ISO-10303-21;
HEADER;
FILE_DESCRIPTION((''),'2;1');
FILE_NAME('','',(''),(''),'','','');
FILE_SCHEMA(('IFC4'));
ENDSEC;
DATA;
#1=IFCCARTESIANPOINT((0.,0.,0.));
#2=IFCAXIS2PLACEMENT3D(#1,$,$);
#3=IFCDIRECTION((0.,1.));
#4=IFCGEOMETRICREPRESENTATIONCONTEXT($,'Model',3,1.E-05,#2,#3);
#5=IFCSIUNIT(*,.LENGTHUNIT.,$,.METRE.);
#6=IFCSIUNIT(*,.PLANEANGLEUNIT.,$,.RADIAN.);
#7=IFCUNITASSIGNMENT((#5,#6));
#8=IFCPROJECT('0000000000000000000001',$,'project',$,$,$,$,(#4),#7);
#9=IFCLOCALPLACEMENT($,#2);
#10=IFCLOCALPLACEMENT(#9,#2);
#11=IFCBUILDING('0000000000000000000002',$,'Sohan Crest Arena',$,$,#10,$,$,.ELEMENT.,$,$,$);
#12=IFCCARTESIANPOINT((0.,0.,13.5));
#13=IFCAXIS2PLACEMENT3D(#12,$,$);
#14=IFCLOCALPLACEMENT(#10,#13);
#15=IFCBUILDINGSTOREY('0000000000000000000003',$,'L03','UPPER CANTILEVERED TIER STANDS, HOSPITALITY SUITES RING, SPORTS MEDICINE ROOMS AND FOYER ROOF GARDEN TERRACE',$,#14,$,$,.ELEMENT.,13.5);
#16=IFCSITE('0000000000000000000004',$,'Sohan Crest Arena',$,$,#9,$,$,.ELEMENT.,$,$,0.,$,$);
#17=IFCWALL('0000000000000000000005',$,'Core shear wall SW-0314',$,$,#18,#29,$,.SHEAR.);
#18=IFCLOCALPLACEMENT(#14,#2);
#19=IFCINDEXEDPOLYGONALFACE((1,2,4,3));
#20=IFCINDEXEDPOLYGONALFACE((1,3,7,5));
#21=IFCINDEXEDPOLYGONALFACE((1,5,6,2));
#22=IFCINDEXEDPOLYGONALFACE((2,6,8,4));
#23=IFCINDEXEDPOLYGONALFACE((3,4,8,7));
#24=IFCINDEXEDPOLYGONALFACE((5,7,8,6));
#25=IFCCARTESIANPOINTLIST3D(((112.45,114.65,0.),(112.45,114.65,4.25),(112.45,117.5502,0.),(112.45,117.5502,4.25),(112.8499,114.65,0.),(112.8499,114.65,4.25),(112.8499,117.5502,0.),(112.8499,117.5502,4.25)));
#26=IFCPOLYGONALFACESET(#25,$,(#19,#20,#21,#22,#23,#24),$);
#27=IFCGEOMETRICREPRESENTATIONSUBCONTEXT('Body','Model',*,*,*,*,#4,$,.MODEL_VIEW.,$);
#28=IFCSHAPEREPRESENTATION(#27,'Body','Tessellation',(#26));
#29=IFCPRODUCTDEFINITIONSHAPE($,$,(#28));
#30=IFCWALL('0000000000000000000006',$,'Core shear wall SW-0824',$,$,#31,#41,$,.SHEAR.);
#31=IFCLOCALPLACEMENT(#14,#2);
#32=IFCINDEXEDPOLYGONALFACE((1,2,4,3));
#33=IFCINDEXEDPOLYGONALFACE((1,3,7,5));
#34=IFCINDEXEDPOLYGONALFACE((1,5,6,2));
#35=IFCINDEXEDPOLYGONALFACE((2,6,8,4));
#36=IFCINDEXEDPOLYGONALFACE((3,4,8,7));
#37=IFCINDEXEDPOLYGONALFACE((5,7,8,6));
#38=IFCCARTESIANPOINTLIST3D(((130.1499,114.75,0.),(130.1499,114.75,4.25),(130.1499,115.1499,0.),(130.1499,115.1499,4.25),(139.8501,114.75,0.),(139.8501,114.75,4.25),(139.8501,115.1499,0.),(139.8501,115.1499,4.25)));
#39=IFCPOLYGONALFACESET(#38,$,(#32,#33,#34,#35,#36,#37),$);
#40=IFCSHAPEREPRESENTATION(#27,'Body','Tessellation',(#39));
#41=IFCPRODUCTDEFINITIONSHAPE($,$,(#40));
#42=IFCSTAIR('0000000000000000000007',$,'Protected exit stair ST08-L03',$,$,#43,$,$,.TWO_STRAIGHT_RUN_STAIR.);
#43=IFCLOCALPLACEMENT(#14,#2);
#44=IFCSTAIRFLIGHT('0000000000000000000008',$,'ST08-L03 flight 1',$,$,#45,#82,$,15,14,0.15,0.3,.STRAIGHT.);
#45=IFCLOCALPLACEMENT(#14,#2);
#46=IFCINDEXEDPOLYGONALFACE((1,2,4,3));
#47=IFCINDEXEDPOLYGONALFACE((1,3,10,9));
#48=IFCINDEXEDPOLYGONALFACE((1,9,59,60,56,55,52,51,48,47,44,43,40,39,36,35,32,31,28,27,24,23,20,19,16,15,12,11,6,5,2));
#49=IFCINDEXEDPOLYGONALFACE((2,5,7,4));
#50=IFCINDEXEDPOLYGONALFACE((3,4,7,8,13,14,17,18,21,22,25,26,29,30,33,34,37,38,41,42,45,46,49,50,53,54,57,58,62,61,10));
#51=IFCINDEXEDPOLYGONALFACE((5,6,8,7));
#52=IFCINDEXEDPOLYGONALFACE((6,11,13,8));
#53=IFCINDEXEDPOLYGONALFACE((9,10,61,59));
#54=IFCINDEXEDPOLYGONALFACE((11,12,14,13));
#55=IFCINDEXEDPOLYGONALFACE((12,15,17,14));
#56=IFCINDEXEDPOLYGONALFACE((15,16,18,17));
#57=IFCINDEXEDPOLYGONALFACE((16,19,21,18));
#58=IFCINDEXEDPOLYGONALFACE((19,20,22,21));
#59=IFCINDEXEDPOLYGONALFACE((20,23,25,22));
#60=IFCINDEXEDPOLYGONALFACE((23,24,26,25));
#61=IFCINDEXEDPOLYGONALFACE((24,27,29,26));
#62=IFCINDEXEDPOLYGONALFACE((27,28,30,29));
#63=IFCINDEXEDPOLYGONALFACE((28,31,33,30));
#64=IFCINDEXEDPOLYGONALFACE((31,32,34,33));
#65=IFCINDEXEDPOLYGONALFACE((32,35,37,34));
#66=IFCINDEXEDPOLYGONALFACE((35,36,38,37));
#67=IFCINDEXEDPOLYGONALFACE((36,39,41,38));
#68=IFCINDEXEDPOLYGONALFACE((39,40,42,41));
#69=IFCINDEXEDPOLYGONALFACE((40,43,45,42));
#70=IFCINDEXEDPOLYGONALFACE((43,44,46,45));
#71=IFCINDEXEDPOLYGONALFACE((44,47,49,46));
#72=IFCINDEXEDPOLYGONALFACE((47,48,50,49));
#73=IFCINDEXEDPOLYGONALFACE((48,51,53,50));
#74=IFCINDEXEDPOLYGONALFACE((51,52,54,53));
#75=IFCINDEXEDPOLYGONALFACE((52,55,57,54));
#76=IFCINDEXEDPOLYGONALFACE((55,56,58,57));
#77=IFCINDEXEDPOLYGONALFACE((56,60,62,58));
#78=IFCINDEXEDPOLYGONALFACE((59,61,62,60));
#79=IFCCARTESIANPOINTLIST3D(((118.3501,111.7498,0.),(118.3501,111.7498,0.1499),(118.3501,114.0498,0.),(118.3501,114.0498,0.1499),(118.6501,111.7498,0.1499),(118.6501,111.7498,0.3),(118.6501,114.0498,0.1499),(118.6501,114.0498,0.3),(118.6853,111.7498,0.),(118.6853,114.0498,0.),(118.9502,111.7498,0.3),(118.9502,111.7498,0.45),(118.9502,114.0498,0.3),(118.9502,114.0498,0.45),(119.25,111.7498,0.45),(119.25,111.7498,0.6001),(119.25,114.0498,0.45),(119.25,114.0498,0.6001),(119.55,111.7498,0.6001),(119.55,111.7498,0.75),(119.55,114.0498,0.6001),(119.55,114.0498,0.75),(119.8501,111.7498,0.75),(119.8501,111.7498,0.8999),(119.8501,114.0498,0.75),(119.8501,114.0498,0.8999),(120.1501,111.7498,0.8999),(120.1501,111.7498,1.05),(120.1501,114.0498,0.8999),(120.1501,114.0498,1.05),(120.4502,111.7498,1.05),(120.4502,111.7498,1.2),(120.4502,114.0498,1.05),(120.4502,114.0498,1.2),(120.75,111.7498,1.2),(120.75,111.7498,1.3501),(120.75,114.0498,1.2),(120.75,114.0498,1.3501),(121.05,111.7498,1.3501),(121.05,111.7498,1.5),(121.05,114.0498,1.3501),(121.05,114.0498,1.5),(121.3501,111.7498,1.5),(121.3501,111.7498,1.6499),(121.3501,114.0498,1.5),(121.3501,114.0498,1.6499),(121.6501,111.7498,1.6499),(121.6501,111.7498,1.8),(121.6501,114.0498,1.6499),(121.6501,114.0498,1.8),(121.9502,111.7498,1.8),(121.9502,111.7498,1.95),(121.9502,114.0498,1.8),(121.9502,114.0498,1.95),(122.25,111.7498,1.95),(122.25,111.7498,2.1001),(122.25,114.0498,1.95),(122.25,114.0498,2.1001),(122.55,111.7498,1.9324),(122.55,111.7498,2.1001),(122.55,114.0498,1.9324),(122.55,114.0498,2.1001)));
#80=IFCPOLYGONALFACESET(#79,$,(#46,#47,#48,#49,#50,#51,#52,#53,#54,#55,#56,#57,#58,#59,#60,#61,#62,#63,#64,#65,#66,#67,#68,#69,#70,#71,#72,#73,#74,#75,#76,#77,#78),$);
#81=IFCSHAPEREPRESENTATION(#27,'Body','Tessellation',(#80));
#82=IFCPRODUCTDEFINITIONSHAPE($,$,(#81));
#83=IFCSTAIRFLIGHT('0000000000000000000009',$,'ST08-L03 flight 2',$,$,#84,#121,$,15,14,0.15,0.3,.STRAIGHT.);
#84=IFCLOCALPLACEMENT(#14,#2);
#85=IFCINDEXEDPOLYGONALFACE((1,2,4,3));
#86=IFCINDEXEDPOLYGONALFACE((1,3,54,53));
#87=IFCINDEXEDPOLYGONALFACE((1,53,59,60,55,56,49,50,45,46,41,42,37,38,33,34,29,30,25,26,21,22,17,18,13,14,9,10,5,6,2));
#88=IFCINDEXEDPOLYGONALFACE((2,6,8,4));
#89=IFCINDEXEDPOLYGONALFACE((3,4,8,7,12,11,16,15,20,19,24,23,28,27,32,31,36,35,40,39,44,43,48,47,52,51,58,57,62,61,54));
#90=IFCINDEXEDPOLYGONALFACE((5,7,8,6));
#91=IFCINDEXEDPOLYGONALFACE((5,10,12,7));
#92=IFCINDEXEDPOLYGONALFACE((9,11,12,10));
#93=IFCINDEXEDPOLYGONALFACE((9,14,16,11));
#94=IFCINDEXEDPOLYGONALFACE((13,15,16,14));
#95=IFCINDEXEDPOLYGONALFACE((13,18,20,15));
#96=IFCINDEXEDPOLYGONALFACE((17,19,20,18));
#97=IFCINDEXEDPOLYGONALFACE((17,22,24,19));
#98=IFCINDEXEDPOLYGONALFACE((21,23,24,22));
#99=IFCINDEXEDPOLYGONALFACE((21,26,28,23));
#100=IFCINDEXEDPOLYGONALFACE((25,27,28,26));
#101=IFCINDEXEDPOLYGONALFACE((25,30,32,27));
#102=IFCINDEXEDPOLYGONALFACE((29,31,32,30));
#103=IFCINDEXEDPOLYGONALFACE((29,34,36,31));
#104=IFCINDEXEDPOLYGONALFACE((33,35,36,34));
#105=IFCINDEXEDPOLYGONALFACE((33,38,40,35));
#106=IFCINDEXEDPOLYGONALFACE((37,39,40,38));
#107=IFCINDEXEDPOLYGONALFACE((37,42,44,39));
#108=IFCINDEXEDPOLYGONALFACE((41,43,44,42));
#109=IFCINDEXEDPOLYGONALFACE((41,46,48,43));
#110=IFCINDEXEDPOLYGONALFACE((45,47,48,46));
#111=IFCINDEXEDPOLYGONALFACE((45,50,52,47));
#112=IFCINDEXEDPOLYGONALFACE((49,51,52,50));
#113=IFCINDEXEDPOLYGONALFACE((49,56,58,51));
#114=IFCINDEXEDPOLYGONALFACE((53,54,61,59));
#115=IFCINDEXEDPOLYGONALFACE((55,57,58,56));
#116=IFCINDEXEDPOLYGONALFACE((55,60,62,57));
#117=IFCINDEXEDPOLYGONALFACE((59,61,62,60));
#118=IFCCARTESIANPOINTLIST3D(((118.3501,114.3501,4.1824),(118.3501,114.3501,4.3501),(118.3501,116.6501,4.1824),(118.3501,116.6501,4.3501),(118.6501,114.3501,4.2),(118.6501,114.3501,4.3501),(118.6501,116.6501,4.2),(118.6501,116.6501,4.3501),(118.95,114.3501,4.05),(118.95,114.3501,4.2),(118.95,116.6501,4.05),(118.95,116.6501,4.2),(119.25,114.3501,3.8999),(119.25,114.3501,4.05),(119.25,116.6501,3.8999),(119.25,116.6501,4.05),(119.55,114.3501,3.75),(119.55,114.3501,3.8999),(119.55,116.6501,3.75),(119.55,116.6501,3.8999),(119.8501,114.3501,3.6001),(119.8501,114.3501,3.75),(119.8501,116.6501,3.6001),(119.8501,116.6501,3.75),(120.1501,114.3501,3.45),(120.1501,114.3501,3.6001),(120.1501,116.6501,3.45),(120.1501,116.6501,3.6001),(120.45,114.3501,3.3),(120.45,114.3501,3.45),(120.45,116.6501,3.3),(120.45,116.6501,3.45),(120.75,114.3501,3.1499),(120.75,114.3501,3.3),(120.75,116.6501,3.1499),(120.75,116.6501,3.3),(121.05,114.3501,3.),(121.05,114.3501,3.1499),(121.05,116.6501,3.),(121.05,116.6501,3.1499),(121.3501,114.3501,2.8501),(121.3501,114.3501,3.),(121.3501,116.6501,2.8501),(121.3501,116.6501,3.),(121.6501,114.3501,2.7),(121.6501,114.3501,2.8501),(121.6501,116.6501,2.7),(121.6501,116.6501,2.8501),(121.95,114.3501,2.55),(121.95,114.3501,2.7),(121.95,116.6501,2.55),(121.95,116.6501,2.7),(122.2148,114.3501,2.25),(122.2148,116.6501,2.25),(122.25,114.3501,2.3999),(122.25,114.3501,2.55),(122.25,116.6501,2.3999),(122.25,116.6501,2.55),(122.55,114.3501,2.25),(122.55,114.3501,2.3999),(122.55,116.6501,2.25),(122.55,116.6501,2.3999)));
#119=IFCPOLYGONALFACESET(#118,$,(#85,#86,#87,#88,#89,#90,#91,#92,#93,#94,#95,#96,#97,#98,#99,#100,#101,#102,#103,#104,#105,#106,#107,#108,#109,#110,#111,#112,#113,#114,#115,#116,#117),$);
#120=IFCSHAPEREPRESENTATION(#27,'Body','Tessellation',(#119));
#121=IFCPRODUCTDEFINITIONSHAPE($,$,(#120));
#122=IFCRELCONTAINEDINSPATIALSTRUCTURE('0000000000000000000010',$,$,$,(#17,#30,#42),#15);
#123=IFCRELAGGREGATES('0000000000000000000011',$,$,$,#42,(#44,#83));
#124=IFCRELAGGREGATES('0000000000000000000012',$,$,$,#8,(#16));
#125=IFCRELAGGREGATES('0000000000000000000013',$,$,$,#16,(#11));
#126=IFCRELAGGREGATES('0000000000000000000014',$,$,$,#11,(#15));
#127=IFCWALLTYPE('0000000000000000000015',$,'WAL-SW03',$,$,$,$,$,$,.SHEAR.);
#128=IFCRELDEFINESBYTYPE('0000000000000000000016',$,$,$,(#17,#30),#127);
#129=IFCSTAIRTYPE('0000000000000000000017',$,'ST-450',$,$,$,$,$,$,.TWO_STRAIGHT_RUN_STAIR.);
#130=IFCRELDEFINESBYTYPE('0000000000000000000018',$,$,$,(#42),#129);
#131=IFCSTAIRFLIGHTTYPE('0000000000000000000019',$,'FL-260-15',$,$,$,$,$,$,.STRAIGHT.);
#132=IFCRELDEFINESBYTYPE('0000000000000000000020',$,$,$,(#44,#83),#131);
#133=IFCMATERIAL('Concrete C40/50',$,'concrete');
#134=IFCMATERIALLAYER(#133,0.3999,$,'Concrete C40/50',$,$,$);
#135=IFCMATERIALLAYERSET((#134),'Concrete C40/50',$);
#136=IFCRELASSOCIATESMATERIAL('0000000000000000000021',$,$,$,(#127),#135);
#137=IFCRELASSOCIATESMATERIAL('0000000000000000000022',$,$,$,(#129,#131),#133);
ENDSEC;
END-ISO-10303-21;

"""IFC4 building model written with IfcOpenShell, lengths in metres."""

from ifc_helpers import new_model, si_unit, direction, frame, frame_2d, origin, place, context, subcontext, project, spatial, polyline, rectangle, outline, extrude, material, layer, layer_set, type_object, element, aggregate, save


model = new_model("IFC4")

# Units and contexts
model_context = context("Model", 3, precision=1e-05, world=origin(), true_north=direction((0.0, 1.0)))
body_context = subcontext(model_context, "Body", "Model", "MODEL_VIEW")
ifc_project = project(units=[si_unit("LENGTHUNIT", "METRE"), si_unit("PLANEANGLEUNIT", "RADIAN")], contexts=[model_context])

# Site, building, storey
site_placement = place(None, origin())
site = spatial("IfcSite", under=ifc_project, at=site_placement, Name="Sohan Crest Arena", CompositionType="ELEMENT", RefElevation=0.0)
building_placement = place(site_placement, origin())
building = spatial("IfcBuilding", under=site, at=building_placement, Name="Sohan Crest Arena", CompositionType="ELEMENT")
storey_placement = place(building_placement, frame((0.0, 0.0, 13.5)))
storey = spatial("IfcBuildingStorey", under=building, at=storey_placement, Name="L03", Description="UPPER CANTILEVERED TIER STANDS, HOSPITALITY SUITES RING, SPORTS MEDICINE ROOMS AND FOYER ROOF GARDEN TERRACE", CompositionType="ELEMENT", Elevation=13.5)

# Shared definitions
ifc_material_1 = material(Name="Concrete C40/50", Category="concrete")

# Walls
ifc_layer_1 = layer(ifc_material_1, 0.3999, Name="Concrete C40/50")
ifc_layer_set_1 = layer_set([ifc_layer_1], Name="Concrete C40/50")
wall_type_1 = type_object("IfcWallType", Name="WAL-SW03", PredefinedType="SHEAR", material=ifc_layer_set_1)
wall_1_placement = place(storey_placement, frame((112.6499, 114.6499, 0.0), z_axis=(0.0, 0.0, 1.0), x_axis=(0.0, 1.0, 0.0)))
element("IfcWall", 1, at=wall_1_placement, inside=storey, type_object=wall_type_1, Name="Core shear wall SW-0314", PredefinedType="SHEAR", context=body_context, shape_type="SweptSolid", body=[
    extrude(rectangle(XDim=2.9001, YDim=0.3999, at=frame_2d((1.4502, 0.0))), origin(), (0.0, 0.0, 1.0), 4.25),
])
wall_2_placement = place(storey_placement, frame((130.1499, 114.95, 0.0), z_axis=(0.0, 0.0, 1.0), x_axis=(1.0, 0.0, 0.0)))
element("IfcWall", 2, at=wall_2_placement, inside=storey, type_object=wall_type_1, Name="Core shear wall SW-0824", PredefinedType="SHEAR", context=body_context, shape_type="SweptSolid", body=[
    extrude(rectangle(XDim=9.7002, YDim=0.3999, at=frame_2d((4.8501, 0.0))), origin(), (0.0, 0.0, 1.0), 4.25),
])

# Stair, stair flights
stair_type = type_object("IfcStairType", Name="ST-450", PredefinedType="TWO_STRAIGHT_RUN_STAIR", material=ifc_material_1)
stair_placement = place(storey_placement, origin())
stair = element("IfcStair", 3, at=stair_placement, inside=storey, type_object=stair_type, Name="Protected exit stair ST08-L03", PredefinedType="TWO_STRAIGHT_RUN_STAIR")
stair_flight_type = type_object("IfcStairFlightType", Name="FL-260-15", PredefinedType="STRAIGHT", material=ifc_material_1)
stair_flight_1_placement = place(storey_placement, frame((118.3501, 112.8999, 0.0), z_axis=(0.0, 0.0, 1.0), x_axis=(1.0, 0.0, 0.0)))
stair_flight_1 = element("IfcStairFlight", 4, at=stair_flight_1_placement, type_object=stair_flight_type, Name="ST08-L03 flight 1", NumberOfRisers=15, NumberOfTreads=14, PredefinedType="STRAIGHT", RiserHeight=0.15, TreadLength=0.3, context=body_context, shape_type="SweptSolid", body=[
    extrude(outline(polyline([(0.0, 0.0), (0.0, 0.1499), (0.3, 0.1499), (0.3, 0.3), (0.6001, 0.3), (0.6001, 0.45), (0.8999, 0.45), (0.8999, 0.6001), (1.2, 0.6001), (1.2, 0.75), (1.5, 0.75), (1.5, 0.8999), (1.8, 0.8999), (1.8, 1.05), (2.1001, 1.05), (2.1001, 1.2), (2.3999, 1.2), (2.3999, 1.3501), (2.7, 1.3501), (2.7, 1.5), (3.0, 1.5), (3.0, 1.6499), (3.3, 1.6499), (3.3, 1.8), (3.6001, 1.8), (3.6001, 1.95), (3.8999, 1.95), (3.8999, 2.1001), (4.2, 2.1001), (4.2, 2.25), (4.2, 1.9324), (0.3352, 0.0), (0.0, 0.0)])), frame((0.0, 1.1499, 0.0), z_axis=(0.0, -1.0, 0.0), x_axis=(1.0, 0.0, 0.0)), (0.0, 0.0, 1.0), 2.3),
])
stair_flight_2_placement = place(storey_placement, frame((122.55, 115.5, 2.25), z_axis=(0.0, 0.0, 1.0), x_axis=(-1.0, 0.0, 0.0)))
stair_flight_2 = element("IfcStairFlight", 5, at=stair_flight_2_placement, type_object=stair_flight_type, Name="ST08-L03 flight 2", NumberOfRisers=15, NumberOfTreads=14, PredefinedType="STRAIGHT", RiserHeight=0.15, TreadLength=0.3, context=body_context, shape_type="SweptSolid", body=[
    extrude(outline(polyline([(0.0, 0.0), (0.0, 0.1499), (0.3, 0.1499), (0.3, 0.3), (0.6001, 0.3), (0.6001, 0.45), (0.8999, 0.45), (0.8999, 0.6001), (1.2, 0.6001), (1.2, 0.75), (1.5, 0.75), (1.5, 0.8999), (1.8, 0.8999), (1.8, 1.05), (2.1001, 1.05), (2.1001, 1.2), (2.3999, 1.2), (2.3999, 1.3501), (2.7, 1.3501), (2.7, 1.5), (3.0, 1.5), (3.0, 1.6499), (3.3, 1.6499), (3.3, 1.8), (3.6001, 1.8), (3.6001, 1.95), (3.8999, 1.95), (3.8999, 2.1001), (4.2, 2.1001), (4.2, 2.25), (4.2, 1.9324), (0.3352, 0.0), (0.0, 0.0)])), frame((0.0, 1.1499, 0.0), z_axis=(0.0, -1.0, 0.0), x_axis=(1.0, 0.0, 0.0)), (0.0, 0.0, 1.0), 2.3),
])
aggregate(stair, [stair_flight_1, stair_flight_2])

save(model, "model.ifc")
